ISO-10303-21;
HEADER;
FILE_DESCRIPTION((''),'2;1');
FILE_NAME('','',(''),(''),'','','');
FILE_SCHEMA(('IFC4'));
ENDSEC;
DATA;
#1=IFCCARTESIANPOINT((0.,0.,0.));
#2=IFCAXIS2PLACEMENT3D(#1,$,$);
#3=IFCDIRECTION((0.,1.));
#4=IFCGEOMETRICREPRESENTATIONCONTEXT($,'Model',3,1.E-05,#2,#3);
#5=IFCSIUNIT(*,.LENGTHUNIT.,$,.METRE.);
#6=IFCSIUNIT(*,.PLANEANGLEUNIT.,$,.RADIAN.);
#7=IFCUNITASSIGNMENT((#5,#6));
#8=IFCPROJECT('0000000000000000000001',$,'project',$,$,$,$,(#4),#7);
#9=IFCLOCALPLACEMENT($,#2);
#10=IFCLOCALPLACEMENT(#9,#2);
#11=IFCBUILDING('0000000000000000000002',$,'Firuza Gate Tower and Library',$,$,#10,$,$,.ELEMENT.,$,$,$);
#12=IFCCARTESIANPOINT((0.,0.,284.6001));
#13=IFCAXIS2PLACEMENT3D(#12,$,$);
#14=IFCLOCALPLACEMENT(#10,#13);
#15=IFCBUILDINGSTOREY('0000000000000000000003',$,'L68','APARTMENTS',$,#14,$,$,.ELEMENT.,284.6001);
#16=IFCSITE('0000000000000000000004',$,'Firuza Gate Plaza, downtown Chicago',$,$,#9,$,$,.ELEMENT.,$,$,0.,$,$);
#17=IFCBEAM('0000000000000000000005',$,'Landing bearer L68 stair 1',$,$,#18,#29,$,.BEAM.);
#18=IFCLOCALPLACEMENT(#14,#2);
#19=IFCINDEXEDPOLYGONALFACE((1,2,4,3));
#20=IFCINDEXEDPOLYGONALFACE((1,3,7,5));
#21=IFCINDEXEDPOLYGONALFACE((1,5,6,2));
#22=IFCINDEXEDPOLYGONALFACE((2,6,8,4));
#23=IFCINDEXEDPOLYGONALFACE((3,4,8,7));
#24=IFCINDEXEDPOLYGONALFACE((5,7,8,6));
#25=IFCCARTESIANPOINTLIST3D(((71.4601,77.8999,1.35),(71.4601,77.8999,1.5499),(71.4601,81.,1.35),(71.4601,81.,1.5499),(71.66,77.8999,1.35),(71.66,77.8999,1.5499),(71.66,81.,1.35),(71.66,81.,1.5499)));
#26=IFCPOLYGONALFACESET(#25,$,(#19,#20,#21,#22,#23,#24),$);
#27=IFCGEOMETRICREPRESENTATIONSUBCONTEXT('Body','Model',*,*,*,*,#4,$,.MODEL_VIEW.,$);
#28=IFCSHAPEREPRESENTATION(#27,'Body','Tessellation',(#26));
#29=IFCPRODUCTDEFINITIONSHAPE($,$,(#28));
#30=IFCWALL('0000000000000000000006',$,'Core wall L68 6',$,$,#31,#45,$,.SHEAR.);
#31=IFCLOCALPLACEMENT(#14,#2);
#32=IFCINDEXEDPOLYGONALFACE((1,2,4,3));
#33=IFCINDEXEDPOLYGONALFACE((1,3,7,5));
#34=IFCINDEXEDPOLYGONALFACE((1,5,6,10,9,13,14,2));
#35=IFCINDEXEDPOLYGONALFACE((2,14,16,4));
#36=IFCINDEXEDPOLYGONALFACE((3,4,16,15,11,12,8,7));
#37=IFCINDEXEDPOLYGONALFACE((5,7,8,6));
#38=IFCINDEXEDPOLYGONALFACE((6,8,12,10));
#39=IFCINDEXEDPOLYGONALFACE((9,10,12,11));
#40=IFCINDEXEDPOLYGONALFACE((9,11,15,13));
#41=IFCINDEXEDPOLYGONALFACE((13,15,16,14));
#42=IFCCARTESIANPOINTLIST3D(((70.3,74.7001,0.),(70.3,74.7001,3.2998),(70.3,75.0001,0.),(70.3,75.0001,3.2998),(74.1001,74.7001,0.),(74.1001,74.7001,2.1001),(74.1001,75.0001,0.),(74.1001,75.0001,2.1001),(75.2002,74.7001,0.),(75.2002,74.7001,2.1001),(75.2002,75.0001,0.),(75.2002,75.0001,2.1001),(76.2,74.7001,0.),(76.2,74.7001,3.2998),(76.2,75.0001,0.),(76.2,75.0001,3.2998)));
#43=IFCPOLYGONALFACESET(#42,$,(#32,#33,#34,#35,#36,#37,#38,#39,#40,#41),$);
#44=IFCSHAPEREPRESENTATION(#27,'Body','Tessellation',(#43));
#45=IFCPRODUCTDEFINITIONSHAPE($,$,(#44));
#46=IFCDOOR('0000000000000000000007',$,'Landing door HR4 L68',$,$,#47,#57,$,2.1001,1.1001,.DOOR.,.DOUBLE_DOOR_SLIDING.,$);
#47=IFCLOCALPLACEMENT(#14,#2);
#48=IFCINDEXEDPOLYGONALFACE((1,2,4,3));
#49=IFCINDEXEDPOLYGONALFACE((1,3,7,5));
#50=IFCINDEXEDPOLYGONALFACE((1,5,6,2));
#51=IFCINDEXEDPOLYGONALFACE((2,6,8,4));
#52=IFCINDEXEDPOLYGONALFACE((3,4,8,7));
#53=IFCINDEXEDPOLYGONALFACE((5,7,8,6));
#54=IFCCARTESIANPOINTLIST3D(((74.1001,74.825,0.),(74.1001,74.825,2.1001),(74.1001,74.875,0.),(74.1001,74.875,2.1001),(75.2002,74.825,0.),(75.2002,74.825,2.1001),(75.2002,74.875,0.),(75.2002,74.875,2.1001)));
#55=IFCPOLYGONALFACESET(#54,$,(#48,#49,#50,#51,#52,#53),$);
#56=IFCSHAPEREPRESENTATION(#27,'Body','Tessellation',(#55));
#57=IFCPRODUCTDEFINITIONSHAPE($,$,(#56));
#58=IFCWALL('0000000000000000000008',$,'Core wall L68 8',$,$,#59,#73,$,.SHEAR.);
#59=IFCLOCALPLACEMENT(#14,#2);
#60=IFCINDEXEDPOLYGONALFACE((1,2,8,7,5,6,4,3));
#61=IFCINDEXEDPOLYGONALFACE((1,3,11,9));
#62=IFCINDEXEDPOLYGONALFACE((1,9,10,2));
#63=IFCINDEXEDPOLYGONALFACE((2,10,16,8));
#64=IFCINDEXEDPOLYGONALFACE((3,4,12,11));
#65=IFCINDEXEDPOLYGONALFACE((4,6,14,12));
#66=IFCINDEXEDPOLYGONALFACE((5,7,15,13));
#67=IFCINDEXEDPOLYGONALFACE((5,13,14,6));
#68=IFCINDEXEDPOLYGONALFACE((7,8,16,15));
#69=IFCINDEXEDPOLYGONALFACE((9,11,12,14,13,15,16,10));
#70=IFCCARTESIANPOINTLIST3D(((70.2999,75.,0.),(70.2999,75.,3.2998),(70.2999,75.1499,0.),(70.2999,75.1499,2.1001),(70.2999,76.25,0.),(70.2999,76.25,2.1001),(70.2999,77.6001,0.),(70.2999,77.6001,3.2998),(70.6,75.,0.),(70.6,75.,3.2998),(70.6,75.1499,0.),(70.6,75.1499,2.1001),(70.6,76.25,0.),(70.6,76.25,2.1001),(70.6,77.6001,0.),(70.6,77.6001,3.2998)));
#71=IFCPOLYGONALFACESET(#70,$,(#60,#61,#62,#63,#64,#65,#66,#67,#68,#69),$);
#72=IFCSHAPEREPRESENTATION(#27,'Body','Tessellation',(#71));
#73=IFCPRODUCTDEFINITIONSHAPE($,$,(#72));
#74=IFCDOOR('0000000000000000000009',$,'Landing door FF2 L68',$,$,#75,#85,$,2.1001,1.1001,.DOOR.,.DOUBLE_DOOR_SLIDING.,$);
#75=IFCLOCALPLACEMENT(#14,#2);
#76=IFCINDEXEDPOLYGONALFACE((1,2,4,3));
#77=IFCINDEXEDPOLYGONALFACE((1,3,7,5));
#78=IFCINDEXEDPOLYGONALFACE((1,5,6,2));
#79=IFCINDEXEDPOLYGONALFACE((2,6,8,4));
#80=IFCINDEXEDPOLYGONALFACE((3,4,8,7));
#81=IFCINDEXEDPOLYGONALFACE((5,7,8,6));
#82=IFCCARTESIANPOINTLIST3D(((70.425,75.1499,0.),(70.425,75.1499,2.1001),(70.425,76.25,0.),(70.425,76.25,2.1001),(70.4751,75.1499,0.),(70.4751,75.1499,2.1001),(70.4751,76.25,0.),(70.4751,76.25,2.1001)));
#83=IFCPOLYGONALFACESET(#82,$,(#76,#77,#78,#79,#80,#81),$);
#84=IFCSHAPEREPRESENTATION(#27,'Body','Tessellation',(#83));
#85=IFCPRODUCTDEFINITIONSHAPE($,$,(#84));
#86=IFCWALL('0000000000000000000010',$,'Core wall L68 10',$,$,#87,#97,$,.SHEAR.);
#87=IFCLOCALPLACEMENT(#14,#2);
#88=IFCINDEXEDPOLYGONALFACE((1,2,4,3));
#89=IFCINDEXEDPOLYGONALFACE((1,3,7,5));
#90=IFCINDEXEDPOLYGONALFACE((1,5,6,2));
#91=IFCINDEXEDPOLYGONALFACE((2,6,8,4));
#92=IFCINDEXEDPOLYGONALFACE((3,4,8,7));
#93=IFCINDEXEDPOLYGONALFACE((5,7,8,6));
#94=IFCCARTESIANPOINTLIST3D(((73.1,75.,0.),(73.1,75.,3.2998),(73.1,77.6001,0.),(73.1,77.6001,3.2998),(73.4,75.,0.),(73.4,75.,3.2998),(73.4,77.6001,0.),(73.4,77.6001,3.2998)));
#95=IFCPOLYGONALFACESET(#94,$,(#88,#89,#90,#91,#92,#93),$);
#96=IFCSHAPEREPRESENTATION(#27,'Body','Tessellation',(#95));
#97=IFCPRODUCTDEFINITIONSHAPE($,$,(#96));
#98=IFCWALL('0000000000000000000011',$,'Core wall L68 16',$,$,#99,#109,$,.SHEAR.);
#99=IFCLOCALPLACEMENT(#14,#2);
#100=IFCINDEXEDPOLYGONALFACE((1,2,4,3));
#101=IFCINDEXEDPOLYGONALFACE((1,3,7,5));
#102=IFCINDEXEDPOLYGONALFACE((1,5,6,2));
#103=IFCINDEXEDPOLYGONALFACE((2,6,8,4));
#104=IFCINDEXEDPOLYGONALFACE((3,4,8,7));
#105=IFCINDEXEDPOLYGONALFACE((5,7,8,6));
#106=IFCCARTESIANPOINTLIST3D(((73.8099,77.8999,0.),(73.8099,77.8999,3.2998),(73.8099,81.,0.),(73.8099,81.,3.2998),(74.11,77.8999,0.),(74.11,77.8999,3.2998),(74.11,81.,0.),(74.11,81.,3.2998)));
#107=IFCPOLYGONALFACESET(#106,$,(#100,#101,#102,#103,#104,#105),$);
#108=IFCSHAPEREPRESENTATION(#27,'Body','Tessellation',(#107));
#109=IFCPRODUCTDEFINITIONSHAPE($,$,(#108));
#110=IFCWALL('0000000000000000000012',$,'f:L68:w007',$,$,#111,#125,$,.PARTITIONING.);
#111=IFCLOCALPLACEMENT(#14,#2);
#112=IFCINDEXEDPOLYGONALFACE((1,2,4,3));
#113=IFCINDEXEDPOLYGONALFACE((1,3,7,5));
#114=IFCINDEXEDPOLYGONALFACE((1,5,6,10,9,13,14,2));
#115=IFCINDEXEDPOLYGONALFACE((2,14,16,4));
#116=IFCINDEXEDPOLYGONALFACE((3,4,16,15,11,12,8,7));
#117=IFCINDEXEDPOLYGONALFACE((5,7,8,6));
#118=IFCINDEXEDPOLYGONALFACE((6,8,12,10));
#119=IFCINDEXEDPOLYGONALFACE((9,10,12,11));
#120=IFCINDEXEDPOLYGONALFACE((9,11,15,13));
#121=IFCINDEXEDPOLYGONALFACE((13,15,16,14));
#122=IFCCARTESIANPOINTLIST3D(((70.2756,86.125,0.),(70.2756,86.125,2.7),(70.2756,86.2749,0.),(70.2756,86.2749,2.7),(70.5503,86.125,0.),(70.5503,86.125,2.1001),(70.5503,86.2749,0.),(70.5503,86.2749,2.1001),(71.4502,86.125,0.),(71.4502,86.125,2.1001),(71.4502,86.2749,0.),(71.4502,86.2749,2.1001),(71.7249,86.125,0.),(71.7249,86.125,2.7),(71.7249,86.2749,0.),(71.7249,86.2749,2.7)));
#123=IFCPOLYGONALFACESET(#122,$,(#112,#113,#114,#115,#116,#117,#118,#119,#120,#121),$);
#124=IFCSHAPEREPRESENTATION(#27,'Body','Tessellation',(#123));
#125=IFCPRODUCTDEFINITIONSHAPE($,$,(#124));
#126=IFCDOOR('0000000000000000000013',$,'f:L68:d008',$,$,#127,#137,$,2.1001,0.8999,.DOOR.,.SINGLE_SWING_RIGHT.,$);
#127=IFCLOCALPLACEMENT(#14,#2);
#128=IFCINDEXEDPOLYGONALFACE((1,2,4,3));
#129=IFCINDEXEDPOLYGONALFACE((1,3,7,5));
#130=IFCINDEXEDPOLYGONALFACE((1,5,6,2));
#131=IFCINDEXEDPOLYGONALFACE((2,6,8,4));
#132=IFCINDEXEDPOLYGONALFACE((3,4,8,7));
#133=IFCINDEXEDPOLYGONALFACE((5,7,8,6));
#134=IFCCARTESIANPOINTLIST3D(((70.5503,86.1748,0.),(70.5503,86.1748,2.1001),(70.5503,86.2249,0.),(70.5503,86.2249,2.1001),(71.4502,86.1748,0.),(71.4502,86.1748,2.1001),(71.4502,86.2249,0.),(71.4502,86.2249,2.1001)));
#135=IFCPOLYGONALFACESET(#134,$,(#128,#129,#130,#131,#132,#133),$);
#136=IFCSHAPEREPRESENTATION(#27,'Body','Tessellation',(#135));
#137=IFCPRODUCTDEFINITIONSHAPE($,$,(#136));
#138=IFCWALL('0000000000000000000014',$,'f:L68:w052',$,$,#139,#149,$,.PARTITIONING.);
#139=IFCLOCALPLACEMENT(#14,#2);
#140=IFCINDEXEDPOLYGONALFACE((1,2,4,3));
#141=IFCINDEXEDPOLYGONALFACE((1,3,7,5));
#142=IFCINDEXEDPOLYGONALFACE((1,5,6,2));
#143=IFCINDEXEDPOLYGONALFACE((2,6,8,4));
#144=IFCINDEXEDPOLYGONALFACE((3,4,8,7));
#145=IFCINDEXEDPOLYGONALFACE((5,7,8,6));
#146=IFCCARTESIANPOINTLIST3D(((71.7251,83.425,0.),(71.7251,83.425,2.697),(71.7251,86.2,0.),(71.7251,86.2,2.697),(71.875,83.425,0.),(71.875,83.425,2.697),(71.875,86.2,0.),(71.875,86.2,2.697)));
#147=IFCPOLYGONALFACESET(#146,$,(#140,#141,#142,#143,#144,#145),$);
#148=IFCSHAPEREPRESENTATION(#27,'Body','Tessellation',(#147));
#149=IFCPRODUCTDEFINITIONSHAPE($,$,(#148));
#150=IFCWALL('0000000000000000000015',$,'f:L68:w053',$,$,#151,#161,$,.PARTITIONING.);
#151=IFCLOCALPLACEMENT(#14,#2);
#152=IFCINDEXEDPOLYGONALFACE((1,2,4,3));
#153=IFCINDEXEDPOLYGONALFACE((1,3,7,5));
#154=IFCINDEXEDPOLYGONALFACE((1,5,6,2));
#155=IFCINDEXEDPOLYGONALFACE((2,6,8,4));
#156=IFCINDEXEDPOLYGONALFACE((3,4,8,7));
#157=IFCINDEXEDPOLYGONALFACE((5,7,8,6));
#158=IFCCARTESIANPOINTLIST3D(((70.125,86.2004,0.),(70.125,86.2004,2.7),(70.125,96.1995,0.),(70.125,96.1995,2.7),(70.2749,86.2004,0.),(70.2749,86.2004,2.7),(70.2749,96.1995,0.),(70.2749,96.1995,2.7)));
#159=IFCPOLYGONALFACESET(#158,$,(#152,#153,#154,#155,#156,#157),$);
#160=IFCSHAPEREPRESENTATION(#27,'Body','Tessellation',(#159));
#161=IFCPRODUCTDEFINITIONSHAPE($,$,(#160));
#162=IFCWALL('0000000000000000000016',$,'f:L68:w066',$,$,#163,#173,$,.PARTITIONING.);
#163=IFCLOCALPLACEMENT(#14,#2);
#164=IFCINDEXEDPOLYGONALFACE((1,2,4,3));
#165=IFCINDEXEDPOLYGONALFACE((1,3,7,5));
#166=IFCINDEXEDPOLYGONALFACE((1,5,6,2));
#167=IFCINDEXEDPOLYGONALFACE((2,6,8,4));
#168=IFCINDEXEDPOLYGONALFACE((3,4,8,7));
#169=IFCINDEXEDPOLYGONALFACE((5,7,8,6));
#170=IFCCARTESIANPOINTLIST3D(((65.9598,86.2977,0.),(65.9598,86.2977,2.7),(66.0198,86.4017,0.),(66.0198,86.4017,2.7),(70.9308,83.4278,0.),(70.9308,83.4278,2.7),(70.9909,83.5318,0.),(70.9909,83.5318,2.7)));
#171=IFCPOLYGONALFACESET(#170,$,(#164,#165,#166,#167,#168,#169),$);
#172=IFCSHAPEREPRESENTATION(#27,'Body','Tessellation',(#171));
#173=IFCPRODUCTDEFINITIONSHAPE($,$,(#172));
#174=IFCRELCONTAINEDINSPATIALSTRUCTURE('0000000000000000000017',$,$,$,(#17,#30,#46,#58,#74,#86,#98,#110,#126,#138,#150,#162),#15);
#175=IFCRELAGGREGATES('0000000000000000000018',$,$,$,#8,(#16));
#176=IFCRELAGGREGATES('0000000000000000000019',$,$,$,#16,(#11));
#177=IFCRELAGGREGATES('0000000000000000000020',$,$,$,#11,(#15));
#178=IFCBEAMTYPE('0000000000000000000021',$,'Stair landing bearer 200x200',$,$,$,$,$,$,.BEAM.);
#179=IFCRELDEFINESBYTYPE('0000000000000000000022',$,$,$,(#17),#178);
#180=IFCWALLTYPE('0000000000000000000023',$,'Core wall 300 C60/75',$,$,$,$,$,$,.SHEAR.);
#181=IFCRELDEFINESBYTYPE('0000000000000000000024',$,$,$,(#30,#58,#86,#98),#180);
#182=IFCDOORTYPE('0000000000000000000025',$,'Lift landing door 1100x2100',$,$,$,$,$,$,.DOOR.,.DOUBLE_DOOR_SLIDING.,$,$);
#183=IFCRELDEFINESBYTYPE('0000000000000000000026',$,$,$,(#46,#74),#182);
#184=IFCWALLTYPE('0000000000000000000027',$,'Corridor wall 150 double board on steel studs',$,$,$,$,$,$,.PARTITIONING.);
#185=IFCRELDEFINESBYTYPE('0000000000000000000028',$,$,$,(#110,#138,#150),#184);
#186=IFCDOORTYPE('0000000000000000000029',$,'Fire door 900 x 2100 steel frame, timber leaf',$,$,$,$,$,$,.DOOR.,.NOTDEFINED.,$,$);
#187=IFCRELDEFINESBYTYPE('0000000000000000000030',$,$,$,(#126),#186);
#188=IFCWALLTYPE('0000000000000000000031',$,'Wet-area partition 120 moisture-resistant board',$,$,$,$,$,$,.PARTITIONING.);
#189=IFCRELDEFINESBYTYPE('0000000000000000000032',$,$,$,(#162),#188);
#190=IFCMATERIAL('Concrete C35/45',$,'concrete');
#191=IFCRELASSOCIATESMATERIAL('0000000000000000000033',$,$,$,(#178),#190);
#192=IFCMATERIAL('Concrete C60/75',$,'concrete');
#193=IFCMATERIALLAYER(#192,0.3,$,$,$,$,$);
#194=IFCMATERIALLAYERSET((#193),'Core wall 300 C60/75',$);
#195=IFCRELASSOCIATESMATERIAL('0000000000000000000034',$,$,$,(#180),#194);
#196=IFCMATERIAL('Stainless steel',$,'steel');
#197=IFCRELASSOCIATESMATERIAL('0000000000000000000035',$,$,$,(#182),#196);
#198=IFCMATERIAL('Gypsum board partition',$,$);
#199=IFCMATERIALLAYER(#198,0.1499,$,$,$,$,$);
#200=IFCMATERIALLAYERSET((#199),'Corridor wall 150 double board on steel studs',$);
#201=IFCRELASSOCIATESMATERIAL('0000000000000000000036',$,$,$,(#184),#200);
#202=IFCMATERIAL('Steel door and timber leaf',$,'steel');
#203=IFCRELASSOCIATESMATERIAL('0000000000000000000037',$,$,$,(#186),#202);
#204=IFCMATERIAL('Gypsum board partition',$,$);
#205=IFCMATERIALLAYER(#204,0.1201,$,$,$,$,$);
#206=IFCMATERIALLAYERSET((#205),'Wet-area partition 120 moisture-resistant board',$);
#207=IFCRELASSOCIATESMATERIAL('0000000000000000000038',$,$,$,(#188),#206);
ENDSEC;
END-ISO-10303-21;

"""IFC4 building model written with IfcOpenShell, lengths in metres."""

from ifc_helpers import new_model, si_unit, direction, frame, frame_2d, origin, origin_2d, place, context, subcontext, project, spatial, rectangle, extrude, material, layer, layer_set, material_profile, profile_set, type_object, element, fill, save


model = new_model("IFC4")

# Units and contexts
model_context = context("Model", 3, precision=1e-05, world=origin(), true_north=direction((0.0, 1.0)))
body_context = subcontext(model_context, "Body", "Model", "MODEL_VIEW")
ifc_project = project(units=[si_unit("LENGTHUNIT", "METRE"), si_unit("PLANEANGLEUNIT", "RADIAN")], contexts=[model_context])

# Site, building, storey
site_placement = place(None, origin())
site = spatial("IfcSite", under=ifc_project, at=site_placement, Name="Firuza Gate Plaza, downtown Chicago", CompositionType="ELEMENT", RefElevation=0.0)
building_placement = place(site_placement, origin())
building = spatial("IfcBuilding", under=site, at=building_placement, Name="Firuza Gate Tower and Library", CompositionType="ELEMENT")
storey_placement = place(building_placement, frame((0.0, 0.0, 284.6001)))
storey = spatial("IfcBuildingStorey", under=building, at=storey_placement, Name="L68", Description="APARTMENTS", CompositionType="ELEMENT", Elevation=284.6001)

# Beam
ifc_material_1 = material(Name="Concrete C35/45", Category="concrete")
ifc_material_profile = material_profile(ifc_material_1, rectangle(XDim=0.2, YDim=0.2, at=origin_2d()))
ifc_profile_set = profile_set([ifc_material_profile], Name="Concrete C35/45")
beam_type = type_object("IfcBeamType", Name="Stair landing bearer 200x200", PredefinedType="BEAM", material=ifc_profile_set)
beam_placement = place(storey_placement, frame((71.5601, 77.8999, 1.45), z_axis=(0.0, 1.0, 0.0), x_axis=(-1.0, 0.0, 0.0)))
element("IfcBeam", 1, at=beam_placement, inside=storey, type_object=beam_type, Name="Landing bearer L68 stair 1", PredefinedType="BEAM", context=body_context, shape_type="SweptSolid", body=[
    extrude(rectangle(XDim=0.2, YDim=0.2, at=origin_2d()), origin(), (0.0, 0.0, 1.0), 3.1001),
])

# Walls, openings, doors
ifc_material_2 = material(Name="Concrete C60/75", Category="concrete")
ifc_layer_1 = layer(ifc_material_2, 0.3)
ifc_layer_set_1 = layer_set([ifc_layer_1], Name="Core wall 300 C60/75")
wall_type_1 = type_object("IfcWallType", Name="Core wall 300 C60/75", PredefinedType="SHEAR", material=ifc_layer_set_1)
wall_1_placement = place(storey_placement, frame((70.3, 74.8501, 0.0), z_axis=(0.0, 0.0, 1.0), x_axis=(1.0, 0.0, 0.0)))
wall_1 = element("IfcWall", 2, at=wall_1_placement, inside=storey, type_object=wall_type_1, Name="Core wall L68 6", PredefinedType="SHEAR", context=body_context, shape_type="SweptSolid", body=[
    extrude(rectangle(XDim=5.8999, YDim=0.3, at=frame_2d((2.95, 0.0))), origin(), (0.0, 0.0, 1.0), 3.2998),
])
opening_1_placement = place(wall_1_placement, frame((3.8, 0.0, 0.0)))
opening_1 = element("IfcOpeningElement", 3, at=opening_1_placement, cuts=wall_1, PredefinedType="OPENING", context=body_context, shape_type="SweptSolid", body=[
    extrude(rectangle(XDim=1.1001, YDim=2.1001, at=frame_2d((0.55, 1.05))), frame((0.0, 0.1602, 0.0), z_axis=(0.0, -1.0, 0.0), x_axis=(1.0, 0.0, 0.0)), (0.0, 0.0, 1.0), 0.3201),
])
ifc_material_3 = material(Name="Stainless steel", Category="steel")
door_type_1 = type_object("IfcDoorType", Name="Lift landing door 1100x2100", OperationType="DOUBLE_DOOR_SLIDING", PredefinedType="DOOR", material=ifc_material_3)
door_1_placement = place(opening_1_placement, origin())
door_1 = element("IfcDoor", 4, at=door_1_placement, inside=storey, type_object=door_type_1, Name="Landing door HR4 L68", OperationType="DOUBLE_DOOR_SLIDING", OverallHeight=2.1001, OverallWidth=1.1001, PredefinedType="DOOR", context=body_context, shape_type="SweptSolid", body=[
    extrude(rectangle(XDim=1.1001, YDim=2.1001, at=frame_2d((0.55, 1.05))), frame((0.0, 0.0249, 0.0), z_axis=(0.0, -1.0, 0.0), x_axis=(1.0, 0.0, 0.0)), (0.0, 0.0, 1.0), 0.05),
])
fill(opening_1, door_1)
wall_2_placement = place(storey_placement, frame((70.45, 75.0, 0.0), z_axis=(0.0, 0.0, 1.0), x_axis=(0.0, 1.0, 0.0)))
wall_2 = element("IfcWall", 5, at=wall_2_placement, inside=storey, type_object=wall_type_1, Name="Core wall L68 8", PredefinedType="SHEAR", context=body_context, shape_type="SweptSolid", body=[
    extrude(rectangle(XDim=2.6001, YDim=0.3, at=frame_2d((1.3, 0.0))), origin(), (0.0, 0.0, 1.0), 3.2998),
])
opening_2_placement = place(wall_2_placement, frame((0.1499, 0.0, 0.0)))
opening_2 = element("IfcOpeningElement", 6, at=opening_2_placement, cuts=wall_2, PredefinedType="OPENING", context=body_context, shape_type="SweptSolid", body=[
    extrude(rectangle(XDim=1.1001, YDim=2.1001, at=frame_2d((0.55, 1.05))), frame((0.0, 0.1602, 0.0), z_axis=(0.0, -1.0, 0.0), x_axis=(1.0, 0.0, 0.0)), (0.0, 0.0, 1.0), 0.3201),
])
door_2_placement = place(opening_2_placement, origin())
door_2 = element("IfcDoor", 7, at=door_2_placement, inside=storey, type_object=door_type_1, Name="Landing door FF2 L68", OperationType="DOUBLE_DOOR_SLIDING", OverallHeight=2.1001, OverallWidth=1.1001, PredefinedType="DOOR", context=body_context, shape_type="SweptSolid", body=[
    extrude(rectangle(XDim=1.1001, YDim=2.1001, at=frame_2d((0.55, 1.05))), frame((0.0, 0.0249, 0.0), z_axis=(0.0, -1.0, 0.0), x_axis=(1.0, 0.0, 0.0)), (0.0, 0.0, 1.0), 0.05),
])
fill(opening_2, door_2)

# Walls
wall_3_placement = place(storey_placement, frame((73.25, 75.0, 0.0), z_axis=(0.0, 0.0, 1.0), x_axis=(0.0, 1.0, 0.0)))
element("IfcWall", 8, at=wall_3_placement, inside=storey, type_object=wall_type_1, Name="Core wall L68 10", PredefinedType="SHEAR", context=body_context, shape_type="SweptSolid", body=[
    extrude(rectangle(XDim=2.6001, YDim=0.3, at=frame_2d((1.3, 0.0))), origin(), (0.0, 0.0, 1.0), 3.2998),
])
wall_4_placement = place(storey_placement, frame((73.96, 77.8999, 0.0), z_axis=(0.0, 0.0, 1.0), x_axis=(0.0, 1.0, 0.0)))
element("IfcWall", 9, at=wall_4_placement, inside=storey, type_object=wall_type_1, Name="Core wall L68 16", PredefinedType="SHEAR", context=body_context, shape_type="SweptSolid", body=[
    extrude(rectangle(XDim=3.1001, YDim=0.3, at=frame_2d((1.55, 0.0))), origin(), (0.0, 0.0, 1.0), 3.2998),
])

# Wall, opening, door
ifc_material_4 = material(Name="Gypsum board partition")
ifc_layer_2 = layer(ifc_material_4, 0.1499)
ifc_layer_set_2 = layer_set([ifc_layer_2], Name="Corridor wall 150 double board on steel studs")
wall_type_2 = type_object("IfcWallType", Name="Corridor wall 150 double board on steel studs", PredefinedType="PARTITIONING", material=ifc_layer_set_2)
wall_5_placement = place(storey_placement, frame((70.2756, 86.2, 0.0), z_axis=(0.0, 0.0, 1.0), x_axis=(1.0, 0.0, 0.0)))
wall_5 = element("IfcWall", 10, at=wall_5_placement, inside=storey, type_object=wall_type_2, Name="f:L68:w007", PredefinedType="PARTITIONING", context=body_context, shape_type="SweptSolid", body=[
    extrude(rectangle(XDim=1.4492, YDim=0.1499, at=frame_2d((0.7246, 0.0))), origin(), (0.0, 0.0, 1.0), 2.7),
])
opening_3_placement = place(wall_5_placement, frame((0.2747, 0.0, 0.0)))
opening_3 = element("IfcOpeningElement", 11, at=opening_3_placement, cuts=wall_5, PredefinedType="OPENING", context=body_context, shape_type="SweptSolid", body=[
    extrude(rectangle(XDim=0.8999, YDim=2.1001, at=frame_2d((0.45, 1.05))), frame((0.0, 0.085, 0.0), z_axis=(0.0, -1.0, 0.0), x_axis=(1.0, 0.0, 0.0)), (0.0, 0.0, 1.0), 0.1699),
])
ifc_material_5 = material(Name="Steel door and timber leaf", Category="steel")
door_type_2 = type_object("IfcDoorType", Name="Fire door 900 x 2100 steel frame, timber leaf", OperationType="NOTDEFINED", PredefinedType="DOOR", material=ifc_material_5)
door_3_placement = place(opening_3_placement, origin())
door_3 = element("IfcDoor", 12, at=door_3_placement, inside=storey, type_object=door_type_2, Name="f:L68:d008", OperationType="SINGLE_SWING_RIGHT", OverallHeight=2.1001, OverallWidth=0.8999, PredefinedType="DOOR", context=body_context, shape_type="SweptSolid", body=[
    extrude(rectangle(XDim=0.8999, YDim=2.1001, at=frame_2d((0.45, 1.05))), frame((0.0, 0.0249, 0.0), z_axis=(0.0, -1.0, 0.0), x_axis=(1.0, 0.0, 0.0)), (0.0, 0.0, 1.0), 0.05),
])
fill(opening_3, door_3)

# Walls
wall_6_placement = place(storey_placement, frame((71.8, 83.425, 0.0), z_axis=(0.0, 0.0, 1.0), x_axis=(0.0, 1.0, 0.0)))
element("IfcWall", 13, at=wall_6_placement, inside=storey, type_object=wall_type_2, Name="f:L68:w052", PredefinedType="PARTITIONING", context=body_context, shape_type="SweptSolid", body=[
    extrude(rectangle(XDim=2.7749, YDim=0.1499, at=frame_2d((1.3875, 0.0))), origin(), (0.0, 0.0, 1.0), 2.697),
])
wall_7_placement = place(storey_placement, frame((70.2, 86.2004, 0.0), z_axis=(0.0, 0.0, 1.0), x_axis=(0.0, 1.0, 0.0)))
element("IfcWall", 14, at=wall_7_placement, inside=storey, type_object=wall_type_2, Name="f:L68:w053", PredefinedType="PARTITIONING", context=body_context, shape_type="SweptSolid", body=[
    extrude(rectangle(XDim=9.999, YDim=0.1499, at=frame_2d((4.9995, 0.0))), origin(), (0.0, 0.0, 1.0), 2.7),
])
ifc_material_6 = material(Name="Gypsum board partition")
ifc_layer_3 = layer(ifc_material_6, 0.1201)
ifc_layer_set_3 = layer_set([ifc_layer_3], Name="Wet-area partition 120 moisture-resistant board")
wall_type_3 = type_object("IfcWallType", Name="Wet-area partition 120 moisture-resistant board", PredefinedType="PARTITIONING", material=ifc_layer_set_3)
wall_8_placement = place(storey_placement, frame((70.9609, 83.4797, 0.0), z_axis=(0.0, 0.0, 1.0), x_axis=(-0.866033, 0.499986, 0.0)))
element("IfcWall", 15, at=wall_8_placement, inside=storey, type_object=wall_type_3, Name="f:L68:w066", PredefinedType="PARTITIONING", context=body_context, shape_type="SweptSolid", body=[
    extrude(rectangle(XDim=5.74, YDim=0.1201, at=frame_2d((2.8701, 0.0))), origin(), (0.0, 0.0, 1.0), 2.7),
])

save(model, "model.ifc")
